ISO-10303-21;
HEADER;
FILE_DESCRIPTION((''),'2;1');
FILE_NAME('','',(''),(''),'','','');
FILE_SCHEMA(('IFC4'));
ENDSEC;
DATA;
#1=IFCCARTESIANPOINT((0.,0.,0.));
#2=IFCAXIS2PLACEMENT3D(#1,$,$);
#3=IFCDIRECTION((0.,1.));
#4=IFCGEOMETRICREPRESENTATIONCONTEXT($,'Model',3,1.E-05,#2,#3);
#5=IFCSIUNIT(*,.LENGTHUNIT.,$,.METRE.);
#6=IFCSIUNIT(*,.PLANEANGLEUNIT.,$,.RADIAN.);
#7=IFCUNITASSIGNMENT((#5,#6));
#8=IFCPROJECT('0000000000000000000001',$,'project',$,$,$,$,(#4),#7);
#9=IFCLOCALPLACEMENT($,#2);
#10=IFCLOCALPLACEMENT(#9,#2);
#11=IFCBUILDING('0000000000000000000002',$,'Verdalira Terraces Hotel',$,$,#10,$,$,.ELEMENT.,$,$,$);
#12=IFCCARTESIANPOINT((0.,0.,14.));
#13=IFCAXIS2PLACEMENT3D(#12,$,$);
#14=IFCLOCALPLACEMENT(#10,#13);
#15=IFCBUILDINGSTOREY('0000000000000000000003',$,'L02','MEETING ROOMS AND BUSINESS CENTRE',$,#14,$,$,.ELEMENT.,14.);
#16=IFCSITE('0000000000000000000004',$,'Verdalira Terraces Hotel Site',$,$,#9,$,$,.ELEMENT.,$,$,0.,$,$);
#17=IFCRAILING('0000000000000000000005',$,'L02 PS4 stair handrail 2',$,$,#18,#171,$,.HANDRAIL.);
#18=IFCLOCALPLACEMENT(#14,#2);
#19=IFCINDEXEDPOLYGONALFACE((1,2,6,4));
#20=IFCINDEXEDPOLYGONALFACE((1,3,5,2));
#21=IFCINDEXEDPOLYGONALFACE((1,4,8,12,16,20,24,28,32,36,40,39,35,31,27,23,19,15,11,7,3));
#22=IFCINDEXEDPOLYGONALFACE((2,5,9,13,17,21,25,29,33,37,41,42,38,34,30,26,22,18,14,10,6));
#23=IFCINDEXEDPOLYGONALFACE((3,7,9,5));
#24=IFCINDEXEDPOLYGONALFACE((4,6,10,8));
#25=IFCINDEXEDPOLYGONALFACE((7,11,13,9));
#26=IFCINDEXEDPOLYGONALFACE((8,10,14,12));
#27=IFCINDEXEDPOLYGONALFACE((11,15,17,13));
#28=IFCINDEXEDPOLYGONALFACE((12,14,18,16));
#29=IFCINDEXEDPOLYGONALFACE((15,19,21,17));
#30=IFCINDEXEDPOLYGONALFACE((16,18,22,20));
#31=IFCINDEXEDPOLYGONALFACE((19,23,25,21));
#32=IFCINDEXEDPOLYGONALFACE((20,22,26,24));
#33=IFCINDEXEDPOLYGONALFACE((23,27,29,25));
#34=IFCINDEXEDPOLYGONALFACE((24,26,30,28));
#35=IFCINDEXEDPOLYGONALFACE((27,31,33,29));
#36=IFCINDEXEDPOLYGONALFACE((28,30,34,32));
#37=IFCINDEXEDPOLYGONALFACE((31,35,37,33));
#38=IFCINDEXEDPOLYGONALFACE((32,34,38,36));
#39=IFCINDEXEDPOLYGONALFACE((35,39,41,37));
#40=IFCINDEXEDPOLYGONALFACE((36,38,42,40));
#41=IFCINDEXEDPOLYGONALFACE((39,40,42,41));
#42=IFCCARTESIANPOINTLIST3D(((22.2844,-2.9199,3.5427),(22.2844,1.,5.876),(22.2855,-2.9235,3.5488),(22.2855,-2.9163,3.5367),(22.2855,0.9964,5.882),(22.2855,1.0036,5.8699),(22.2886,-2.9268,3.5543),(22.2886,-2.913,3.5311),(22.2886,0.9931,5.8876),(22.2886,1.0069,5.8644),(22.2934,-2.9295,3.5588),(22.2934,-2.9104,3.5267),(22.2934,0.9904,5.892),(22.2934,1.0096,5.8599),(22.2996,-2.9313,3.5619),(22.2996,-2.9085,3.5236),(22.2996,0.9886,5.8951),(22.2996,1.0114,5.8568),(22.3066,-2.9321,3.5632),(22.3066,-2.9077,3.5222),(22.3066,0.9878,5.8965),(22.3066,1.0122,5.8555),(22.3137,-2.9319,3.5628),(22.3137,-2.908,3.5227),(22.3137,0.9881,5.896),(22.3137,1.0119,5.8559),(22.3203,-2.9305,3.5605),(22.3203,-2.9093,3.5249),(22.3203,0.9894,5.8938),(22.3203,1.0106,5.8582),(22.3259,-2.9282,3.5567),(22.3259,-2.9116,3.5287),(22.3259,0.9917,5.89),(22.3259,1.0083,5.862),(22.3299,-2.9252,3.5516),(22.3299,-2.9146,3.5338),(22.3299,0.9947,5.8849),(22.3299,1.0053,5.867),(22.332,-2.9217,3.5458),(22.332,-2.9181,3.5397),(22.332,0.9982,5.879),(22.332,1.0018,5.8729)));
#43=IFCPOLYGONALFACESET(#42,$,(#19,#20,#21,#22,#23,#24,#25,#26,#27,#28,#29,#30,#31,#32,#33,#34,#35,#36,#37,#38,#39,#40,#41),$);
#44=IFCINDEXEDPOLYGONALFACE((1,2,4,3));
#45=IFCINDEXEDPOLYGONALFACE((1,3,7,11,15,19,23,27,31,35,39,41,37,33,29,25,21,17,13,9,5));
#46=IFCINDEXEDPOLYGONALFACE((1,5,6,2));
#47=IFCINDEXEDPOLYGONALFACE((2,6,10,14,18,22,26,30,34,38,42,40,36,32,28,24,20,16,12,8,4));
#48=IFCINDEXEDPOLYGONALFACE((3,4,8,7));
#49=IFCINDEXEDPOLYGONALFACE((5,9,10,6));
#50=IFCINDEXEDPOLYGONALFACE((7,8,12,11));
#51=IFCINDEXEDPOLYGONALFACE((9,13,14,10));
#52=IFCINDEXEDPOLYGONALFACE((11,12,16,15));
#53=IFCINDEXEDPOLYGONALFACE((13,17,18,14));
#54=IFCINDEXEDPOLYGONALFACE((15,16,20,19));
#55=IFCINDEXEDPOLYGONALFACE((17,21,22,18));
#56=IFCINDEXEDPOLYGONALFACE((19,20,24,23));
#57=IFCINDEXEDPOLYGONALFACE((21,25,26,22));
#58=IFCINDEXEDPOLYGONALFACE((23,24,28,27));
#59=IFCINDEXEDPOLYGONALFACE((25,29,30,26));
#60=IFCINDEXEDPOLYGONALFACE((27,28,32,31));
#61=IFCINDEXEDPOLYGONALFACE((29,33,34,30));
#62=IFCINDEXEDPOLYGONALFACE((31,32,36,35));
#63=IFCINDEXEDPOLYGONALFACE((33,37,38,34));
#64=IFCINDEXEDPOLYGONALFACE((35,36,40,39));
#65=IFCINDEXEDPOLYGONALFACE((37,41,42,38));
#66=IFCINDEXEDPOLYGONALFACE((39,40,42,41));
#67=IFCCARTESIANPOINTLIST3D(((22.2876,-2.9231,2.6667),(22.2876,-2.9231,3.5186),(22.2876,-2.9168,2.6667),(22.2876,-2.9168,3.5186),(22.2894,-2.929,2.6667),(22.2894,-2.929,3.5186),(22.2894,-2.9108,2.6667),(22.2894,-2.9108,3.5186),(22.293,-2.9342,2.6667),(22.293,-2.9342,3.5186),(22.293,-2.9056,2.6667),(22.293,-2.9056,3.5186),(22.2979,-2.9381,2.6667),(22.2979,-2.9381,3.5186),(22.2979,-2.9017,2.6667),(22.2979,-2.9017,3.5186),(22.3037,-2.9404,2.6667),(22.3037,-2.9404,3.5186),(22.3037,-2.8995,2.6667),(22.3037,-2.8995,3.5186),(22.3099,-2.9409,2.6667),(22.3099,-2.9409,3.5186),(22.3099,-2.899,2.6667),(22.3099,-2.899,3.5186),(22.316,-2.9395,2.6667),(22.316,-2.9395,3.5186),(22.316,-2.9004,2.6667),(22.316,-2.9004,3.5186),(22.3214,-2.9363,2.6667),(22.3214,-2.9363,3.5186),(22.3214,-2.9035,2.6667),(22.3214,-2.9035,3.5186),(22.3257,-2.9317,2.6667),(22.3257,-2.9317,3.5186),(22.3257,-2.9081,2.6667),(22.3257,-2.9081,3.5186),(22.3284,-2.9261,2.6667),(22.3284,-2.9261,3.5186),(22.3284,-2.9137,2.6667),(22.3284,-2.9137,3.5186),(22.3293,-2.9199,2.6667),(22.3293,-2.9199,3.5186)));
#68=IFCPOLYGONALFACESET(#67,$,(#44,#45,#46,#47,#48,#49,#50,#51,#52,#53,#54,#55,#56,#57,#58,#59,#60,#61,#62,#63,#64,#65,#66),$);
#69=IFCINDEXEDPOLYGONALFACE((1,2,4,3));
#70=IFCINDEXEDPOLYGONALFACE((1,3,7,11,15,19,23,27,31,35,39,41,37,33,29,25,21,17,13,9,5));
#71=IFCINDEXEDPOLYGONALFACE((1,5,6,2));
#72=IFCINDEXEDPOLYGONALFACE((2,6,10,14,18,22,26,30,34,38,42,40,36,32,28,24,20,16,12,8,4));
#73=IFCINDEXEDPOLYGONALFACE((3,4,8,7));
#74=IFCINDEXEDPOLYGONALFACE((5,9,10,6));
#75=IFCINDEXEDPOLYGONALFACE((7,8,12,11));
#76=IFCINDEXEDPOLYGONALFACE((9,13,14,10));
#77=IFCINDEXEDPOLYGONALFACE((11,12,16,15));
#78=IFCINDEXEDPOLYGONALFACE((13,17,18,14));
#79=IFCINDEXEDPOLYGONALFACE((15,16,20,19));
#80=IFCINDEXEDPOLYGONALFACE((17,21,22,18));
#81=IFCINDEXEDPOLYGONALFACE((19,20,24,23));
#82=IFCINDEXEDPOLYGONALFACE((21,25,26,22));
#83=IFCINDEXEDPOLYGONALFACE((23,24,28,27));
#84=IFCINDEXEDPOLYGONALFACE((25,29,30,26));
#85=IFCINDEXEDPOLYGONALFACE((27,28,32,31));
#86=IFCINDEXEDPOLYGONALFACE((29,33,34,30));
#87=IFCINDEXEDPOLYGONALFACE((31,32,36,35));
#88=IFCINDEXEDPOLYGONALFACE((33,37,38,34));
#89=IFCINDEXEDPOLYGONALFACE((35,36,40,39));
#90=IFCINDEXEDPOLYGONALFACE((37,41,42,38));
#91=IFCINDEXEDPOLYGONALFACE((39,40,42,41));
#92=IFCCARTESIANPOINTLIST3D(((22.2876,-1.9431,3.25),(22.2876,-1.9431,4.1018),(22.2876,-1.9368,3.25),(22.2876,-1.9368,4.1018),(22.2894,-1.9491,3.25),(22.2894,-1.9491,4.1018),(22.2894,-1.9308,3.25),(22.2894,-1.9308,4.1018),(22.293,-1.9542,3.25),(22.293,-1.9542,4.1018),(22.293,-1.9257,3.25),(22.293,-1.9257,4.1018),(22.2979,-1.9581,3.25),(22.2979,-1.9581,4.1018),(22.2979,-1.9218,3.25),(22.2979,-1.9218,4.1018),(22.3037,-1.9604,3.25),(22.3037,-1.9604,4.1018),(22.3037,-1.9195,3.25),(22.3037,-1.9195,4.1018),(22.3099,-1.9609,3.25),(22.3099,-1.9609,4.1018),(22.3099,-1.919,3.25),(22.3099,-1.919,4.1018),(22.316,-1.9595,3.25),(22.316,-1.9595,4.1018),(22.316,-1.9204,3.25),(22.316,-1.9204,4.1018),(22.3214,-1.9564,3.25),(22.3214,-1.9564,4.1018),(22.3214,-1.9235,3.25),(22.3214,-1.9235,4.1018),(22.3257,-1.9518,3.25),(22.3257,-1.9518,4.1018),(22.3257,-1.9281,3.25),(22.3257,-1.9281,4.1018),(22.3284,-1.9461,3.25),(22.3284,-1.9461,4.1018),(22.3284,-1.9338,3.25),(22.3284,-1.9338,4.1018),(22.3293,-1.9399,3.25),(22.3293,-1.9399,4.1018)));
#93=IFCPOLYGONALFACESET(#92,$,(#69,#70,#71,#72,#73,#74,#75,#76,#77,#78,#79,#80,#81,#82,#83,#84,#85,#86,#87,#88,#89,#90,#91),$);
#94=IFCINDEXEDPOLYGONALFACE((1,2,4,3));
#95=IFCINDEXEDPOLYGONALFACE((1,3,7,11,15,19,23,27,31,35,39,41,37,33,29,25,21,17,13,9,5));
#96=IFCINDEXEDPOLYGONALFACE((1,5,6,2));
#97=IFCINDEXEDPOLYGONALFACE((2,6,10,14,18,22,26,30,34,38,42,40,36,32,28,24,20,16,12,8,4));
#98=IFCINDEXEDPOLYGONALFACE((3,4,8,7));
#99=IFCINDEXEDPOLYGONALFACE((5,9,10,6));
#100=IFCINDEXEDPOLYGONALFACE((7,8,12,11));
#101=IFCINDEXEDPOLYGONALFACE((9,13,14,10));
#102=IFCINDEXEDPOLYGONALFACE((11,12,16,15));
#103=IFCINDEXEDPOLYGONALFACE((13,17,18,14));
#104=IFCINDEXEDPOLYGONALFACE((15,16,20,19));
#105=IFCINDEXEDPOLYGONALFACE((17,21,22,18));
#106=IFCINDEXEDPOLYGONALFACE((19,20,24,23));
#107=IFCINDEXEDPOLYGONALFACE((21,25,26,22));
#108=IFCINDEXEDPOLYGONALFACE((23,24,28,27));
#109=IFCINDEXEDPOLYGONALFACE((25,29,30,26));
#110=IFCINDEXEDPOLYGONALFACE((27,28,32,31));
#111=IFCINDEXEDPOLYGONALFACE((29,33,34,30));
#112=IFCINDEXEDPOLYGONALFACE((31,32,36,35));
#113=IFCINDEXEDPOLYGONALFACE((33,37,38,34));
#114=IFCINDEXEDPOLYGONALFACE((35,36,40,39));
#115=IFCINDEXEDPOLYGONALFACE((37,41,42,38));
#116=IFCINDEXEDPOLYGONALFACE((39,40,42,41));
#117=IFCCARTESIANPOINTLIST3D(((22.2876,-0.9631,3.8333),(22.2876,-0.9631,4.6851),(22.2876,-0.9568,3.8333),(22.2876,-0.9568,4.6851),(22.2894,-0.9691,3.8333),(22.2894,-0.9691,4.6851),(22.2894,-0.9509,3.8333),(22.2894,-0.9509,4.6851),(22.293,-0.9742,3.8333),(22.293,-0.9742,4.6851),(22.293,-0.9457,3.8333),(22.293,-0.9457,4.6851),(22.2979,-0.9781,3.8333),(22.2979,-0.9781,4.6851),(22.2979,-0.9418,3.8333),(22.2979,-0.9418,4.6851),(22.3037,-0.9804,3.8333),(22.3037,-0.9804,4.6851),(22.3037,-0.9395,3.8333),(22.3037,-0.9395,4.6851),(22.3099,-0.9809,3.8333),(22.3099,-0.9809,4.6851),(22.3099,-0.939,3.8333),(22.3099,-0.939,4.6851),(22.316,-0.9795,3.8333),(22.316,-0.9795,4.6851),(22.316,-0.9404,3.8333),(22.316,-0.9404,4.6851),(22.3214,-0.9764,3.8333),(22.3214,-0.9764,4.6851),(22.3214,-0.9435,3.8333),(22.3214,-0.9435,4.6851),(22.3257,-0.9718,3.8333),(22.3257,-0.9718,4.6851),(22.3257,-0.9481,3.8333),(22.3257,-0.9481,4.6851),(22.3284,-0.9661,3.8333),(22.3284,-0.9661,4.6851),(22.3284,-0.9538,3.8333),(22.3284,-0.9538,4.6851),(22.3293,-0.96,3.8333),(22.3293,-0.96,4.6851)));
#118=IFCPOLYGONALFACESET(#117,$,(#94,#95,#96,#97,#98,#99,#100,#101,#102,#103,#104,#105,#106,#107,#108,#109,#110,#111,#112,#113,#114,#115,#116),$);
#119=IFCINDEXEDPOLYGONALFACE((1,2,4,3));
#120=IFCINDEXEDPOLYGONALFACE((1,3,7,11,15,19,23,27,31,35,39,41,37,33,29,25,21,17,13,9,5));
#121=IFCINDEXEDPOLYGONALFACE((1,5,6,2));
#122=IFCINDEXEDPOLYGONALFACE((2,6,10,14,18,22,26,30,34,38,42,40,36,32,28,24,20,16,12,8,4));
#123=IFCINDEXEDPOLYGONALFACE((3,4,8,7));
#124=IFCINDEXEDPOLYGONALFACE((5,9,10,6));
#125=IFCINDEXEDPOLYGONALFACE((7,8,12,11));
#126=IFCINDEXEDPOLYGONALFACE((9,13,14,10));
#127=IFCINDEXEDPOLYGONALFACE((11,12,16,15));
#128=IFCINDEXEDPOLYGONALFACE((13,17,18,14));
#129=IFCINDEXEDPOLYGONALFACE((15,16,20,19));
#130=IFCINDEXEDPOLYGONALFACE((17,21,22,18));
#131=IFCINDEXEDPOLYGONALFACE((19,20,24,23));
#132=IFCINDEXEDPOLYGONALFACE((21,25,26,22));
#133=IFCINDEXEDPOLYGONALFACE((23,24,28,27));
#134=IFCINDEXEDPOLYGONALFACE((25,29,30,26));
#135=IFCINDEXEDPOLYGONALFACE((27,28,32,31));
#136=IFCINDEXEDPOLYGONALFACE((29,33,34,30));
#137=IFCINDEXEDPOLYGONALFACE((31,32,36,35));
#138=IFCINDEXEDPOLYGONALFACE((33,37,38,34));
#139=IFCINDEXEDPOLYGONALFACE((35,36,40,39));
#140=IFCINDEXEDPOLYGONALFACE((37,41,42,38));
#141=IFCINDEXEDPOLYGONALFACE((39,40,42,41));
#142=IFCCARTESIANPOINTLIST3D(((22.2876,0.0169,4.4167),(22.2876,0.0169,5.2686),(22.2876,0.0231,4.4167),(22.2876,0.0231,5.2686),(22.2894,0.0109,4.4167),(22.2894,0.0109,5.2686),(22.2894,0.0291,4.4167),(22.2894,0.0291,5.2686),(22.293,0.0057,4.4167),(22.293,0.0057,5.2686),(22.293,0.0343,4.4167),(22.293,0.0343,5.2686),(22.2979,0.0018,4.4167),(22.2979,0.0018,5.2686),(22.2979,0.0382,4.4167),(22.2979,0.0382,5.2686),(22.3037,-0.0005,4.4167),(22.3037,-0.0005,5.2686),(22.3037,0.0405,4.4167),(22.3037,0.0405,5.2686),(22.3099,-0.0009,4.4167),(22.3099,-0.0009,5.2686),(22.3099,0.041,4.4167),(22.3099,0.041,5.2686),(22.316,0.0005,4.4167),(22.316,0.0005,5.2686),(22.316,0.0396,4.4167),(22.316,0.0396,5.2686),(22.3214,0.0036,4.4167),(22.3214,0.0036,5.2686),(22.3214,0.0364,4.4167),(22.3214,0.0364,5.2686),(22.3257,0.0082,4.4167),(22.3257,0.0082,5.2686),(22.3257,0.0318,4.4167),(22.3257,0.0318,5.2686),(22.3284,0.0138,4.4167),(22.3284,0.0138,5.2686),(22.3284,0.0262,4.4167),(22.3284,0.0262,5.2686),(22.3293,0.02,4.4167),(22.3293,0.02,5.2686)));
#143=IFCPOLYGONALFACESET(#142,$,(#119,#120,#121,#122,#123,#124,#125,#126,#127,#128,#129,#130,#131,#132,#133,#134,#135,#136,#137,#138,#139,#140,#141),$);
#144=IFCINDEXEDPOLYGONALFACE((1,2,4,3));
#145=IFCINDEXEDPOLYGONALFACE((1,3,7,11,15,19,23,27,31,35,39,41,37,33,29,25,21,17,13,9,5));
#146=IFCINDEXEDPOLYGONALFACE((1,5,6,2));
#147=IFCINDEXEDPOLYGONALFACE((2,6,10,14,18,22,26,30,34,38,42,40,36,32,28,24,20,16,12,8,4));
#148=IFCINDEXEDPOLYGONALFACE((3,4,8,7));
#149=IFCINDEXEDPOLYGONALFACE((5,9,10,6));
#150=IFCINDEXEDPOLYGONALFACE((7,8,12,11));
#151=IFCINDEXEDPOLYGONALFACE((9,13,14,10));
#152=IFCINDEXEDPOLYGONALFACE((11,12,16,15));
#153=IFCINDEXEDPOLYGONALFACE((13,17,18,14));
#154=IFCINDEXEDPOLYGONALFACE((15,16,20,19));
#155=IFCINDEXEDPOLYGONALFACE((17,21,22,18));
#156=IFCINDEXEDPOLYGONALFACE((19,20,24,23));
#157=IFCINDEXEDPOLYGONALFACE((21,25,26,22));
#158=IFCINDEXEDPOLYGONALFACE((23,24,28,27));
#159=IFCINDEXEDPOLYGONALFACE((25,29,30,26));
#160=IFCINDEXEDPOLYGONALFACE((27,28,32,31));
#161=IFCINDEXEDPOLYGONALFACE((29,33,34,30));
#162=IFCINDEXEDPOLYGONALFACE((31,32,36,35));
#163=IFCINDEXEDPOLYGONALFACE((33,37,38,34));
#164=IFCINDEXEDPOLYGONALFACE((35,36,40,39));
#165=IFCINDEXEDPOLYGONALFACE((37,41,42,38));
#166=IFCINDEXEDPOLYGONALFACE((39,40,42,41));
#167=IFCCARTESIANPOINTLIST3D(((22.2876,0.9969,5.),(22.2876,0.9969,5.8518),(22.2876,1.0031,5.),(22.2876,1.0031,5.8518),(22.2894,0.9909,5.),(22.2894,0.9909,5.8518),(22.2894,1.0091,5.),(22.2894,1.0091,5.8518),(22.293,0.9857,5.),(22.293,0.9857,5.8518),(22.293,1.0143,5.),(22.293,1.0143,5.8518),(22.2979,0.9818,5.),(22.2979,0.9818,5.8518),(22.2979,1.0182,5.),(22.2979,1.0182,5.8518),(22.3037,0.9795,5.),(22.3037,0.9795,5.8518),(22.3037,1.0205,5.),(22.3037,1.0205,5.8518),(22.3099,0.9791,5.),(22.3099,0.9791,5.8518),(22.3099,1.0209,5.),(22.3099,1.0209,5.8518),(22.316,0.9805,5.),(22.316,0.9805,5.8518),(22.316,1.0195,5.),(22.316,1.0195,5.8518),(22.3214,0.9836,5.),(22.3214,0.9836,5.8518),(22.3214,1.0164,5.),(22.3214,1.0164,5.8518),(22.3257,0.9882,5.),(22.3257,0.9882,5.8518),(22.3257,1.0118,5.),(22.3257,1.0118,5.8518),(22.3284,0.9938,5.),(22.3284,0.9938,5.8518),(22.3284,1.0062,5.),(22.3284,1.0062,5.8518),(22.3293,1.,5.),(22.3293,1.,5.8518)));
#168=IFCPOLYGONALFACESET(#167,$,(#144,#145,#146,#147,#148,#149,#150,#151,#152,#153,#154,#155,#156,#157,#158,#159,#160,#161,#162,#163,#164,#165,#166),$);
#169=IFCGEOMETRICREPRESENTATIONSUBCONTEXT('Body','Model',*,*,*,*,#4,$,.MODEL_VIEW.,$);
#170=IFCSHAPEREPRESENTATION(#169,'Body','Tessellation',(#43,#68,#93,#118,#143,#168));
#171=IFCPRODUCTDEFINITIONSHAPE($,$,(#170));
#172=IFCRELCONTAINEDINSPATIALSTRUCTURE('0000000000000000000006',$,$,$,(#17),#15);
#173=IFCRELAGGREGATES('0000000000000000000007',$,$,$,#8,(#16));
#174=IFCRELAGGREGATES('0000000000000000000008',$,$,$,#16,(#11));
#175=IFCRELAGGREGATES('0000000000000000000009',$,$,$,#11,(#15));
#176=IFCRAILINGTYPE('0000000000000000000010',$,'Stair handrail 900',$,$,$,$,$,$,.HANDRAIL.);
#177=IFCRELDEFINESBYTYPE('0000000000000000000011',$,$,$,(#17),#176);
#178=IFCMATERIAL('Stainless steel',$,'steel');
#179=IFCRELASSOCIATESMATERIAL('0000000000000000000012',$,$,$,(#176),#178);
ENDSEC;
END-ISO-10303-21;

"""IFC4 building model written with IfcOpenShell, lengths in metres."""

from ifc_helpers import new_model, si_unit, direction, frame, origin, origin_2d, place, context, subcontext, project, spatial, circle, extrude, material, type_object, element, save


model = new_model("IFC4")

# Units and contexts
model_context = context("Model", 3, precision=1e-05, world=origin(), true_north=direction((0.0, 1.0)))
body_context = subcontext(model_context, "Body", "Model", "MODEL_VIEW")
ifc_project = project(units=[si_unit("LENGTHUNIT", "METRE"), si_unit("PLANEANGLEUNIT", "RADIAN")], contexts=[model_context])

# Site, building, storey
site_placement = place(None, origin())
site = spatial("IfcSite", under=ifc_project, at=site_placement, Name="Verdalira Terraces Hotel Site", CompositionType="ELEMENT", RefElevation=0.0)
building_placement = place(site_placement, origin())
building = spatial("IfcBuilding", under=site, at=building_placement, Name="Verdalira Terraces Hotel", CompositionType="ELEMENT")
storey_placement = place(building_placement, frame((0.0, 0.0, 14.0)))
storey = spatial("IfcBuildingStorey", under=building, at=storey_placement, Name="L02", Description="MEETING ROOMS AND BUSINESS CENTRE", CompositionType="ELEMENT", Elevation=14.0)

# Railing
ifc_material_1 = material(Name="Stainless steel", Category="steel")
railing_type = type_object("IfcRailingType", Name="Stair handrail 900", PredefinedType="HANDRAIL", material=ifc_material_1)
railing_placement = place(storey_placement, frame((22.3084, -2.9199, 2.6667)))
element("IfcRailing", 1, at=railing_placement, inside=storey, type_object=railing_type, Name="L02 PS4 stair handrail 2", PredefinedType="HANDRAIL", context=body_context, shape_type="SweptSolid", body=[
    extrude(circle(Radius=0.0239, at=origin_2d()), frame((0.0, 0.0, 0.876), z_axis=(0.0, 0.859296, 0.511478), x_axis=(-1.0, 0.0, 0.0)), (0.0, 0.0, 1.0), 4.5618),
    extrude(circle(Radius=0.021, at=origin_2d()), origin(), (0.0, 0.0, 1.0), 0.8518),
    extrude(circle(Radius=0.021, at=origin_2d()), frame((0.0, 0.98, 0.5833)), (0.0, 0.0, 1.0), 0.8518),
    extrude(circle(Radius=0.021, at=origin_2d()), frame((0.0, 1.96, 1.1665)), (0.0, 0.0, 1.0), 0.8518),
    extrude(circle(Radius=0.021, at=origin_2d()), frame((0.0, 2.9399, 1.75)), (0.0, 0.0, 1.0), 0.8518),
    extrude(circle(Radius=0.021, at=origin_2d()), frame((0.0, 3.9199, 2.3333)), (0.0, 0.0, 1.0), 0.8518),
])

save(model, "model.ifc")
